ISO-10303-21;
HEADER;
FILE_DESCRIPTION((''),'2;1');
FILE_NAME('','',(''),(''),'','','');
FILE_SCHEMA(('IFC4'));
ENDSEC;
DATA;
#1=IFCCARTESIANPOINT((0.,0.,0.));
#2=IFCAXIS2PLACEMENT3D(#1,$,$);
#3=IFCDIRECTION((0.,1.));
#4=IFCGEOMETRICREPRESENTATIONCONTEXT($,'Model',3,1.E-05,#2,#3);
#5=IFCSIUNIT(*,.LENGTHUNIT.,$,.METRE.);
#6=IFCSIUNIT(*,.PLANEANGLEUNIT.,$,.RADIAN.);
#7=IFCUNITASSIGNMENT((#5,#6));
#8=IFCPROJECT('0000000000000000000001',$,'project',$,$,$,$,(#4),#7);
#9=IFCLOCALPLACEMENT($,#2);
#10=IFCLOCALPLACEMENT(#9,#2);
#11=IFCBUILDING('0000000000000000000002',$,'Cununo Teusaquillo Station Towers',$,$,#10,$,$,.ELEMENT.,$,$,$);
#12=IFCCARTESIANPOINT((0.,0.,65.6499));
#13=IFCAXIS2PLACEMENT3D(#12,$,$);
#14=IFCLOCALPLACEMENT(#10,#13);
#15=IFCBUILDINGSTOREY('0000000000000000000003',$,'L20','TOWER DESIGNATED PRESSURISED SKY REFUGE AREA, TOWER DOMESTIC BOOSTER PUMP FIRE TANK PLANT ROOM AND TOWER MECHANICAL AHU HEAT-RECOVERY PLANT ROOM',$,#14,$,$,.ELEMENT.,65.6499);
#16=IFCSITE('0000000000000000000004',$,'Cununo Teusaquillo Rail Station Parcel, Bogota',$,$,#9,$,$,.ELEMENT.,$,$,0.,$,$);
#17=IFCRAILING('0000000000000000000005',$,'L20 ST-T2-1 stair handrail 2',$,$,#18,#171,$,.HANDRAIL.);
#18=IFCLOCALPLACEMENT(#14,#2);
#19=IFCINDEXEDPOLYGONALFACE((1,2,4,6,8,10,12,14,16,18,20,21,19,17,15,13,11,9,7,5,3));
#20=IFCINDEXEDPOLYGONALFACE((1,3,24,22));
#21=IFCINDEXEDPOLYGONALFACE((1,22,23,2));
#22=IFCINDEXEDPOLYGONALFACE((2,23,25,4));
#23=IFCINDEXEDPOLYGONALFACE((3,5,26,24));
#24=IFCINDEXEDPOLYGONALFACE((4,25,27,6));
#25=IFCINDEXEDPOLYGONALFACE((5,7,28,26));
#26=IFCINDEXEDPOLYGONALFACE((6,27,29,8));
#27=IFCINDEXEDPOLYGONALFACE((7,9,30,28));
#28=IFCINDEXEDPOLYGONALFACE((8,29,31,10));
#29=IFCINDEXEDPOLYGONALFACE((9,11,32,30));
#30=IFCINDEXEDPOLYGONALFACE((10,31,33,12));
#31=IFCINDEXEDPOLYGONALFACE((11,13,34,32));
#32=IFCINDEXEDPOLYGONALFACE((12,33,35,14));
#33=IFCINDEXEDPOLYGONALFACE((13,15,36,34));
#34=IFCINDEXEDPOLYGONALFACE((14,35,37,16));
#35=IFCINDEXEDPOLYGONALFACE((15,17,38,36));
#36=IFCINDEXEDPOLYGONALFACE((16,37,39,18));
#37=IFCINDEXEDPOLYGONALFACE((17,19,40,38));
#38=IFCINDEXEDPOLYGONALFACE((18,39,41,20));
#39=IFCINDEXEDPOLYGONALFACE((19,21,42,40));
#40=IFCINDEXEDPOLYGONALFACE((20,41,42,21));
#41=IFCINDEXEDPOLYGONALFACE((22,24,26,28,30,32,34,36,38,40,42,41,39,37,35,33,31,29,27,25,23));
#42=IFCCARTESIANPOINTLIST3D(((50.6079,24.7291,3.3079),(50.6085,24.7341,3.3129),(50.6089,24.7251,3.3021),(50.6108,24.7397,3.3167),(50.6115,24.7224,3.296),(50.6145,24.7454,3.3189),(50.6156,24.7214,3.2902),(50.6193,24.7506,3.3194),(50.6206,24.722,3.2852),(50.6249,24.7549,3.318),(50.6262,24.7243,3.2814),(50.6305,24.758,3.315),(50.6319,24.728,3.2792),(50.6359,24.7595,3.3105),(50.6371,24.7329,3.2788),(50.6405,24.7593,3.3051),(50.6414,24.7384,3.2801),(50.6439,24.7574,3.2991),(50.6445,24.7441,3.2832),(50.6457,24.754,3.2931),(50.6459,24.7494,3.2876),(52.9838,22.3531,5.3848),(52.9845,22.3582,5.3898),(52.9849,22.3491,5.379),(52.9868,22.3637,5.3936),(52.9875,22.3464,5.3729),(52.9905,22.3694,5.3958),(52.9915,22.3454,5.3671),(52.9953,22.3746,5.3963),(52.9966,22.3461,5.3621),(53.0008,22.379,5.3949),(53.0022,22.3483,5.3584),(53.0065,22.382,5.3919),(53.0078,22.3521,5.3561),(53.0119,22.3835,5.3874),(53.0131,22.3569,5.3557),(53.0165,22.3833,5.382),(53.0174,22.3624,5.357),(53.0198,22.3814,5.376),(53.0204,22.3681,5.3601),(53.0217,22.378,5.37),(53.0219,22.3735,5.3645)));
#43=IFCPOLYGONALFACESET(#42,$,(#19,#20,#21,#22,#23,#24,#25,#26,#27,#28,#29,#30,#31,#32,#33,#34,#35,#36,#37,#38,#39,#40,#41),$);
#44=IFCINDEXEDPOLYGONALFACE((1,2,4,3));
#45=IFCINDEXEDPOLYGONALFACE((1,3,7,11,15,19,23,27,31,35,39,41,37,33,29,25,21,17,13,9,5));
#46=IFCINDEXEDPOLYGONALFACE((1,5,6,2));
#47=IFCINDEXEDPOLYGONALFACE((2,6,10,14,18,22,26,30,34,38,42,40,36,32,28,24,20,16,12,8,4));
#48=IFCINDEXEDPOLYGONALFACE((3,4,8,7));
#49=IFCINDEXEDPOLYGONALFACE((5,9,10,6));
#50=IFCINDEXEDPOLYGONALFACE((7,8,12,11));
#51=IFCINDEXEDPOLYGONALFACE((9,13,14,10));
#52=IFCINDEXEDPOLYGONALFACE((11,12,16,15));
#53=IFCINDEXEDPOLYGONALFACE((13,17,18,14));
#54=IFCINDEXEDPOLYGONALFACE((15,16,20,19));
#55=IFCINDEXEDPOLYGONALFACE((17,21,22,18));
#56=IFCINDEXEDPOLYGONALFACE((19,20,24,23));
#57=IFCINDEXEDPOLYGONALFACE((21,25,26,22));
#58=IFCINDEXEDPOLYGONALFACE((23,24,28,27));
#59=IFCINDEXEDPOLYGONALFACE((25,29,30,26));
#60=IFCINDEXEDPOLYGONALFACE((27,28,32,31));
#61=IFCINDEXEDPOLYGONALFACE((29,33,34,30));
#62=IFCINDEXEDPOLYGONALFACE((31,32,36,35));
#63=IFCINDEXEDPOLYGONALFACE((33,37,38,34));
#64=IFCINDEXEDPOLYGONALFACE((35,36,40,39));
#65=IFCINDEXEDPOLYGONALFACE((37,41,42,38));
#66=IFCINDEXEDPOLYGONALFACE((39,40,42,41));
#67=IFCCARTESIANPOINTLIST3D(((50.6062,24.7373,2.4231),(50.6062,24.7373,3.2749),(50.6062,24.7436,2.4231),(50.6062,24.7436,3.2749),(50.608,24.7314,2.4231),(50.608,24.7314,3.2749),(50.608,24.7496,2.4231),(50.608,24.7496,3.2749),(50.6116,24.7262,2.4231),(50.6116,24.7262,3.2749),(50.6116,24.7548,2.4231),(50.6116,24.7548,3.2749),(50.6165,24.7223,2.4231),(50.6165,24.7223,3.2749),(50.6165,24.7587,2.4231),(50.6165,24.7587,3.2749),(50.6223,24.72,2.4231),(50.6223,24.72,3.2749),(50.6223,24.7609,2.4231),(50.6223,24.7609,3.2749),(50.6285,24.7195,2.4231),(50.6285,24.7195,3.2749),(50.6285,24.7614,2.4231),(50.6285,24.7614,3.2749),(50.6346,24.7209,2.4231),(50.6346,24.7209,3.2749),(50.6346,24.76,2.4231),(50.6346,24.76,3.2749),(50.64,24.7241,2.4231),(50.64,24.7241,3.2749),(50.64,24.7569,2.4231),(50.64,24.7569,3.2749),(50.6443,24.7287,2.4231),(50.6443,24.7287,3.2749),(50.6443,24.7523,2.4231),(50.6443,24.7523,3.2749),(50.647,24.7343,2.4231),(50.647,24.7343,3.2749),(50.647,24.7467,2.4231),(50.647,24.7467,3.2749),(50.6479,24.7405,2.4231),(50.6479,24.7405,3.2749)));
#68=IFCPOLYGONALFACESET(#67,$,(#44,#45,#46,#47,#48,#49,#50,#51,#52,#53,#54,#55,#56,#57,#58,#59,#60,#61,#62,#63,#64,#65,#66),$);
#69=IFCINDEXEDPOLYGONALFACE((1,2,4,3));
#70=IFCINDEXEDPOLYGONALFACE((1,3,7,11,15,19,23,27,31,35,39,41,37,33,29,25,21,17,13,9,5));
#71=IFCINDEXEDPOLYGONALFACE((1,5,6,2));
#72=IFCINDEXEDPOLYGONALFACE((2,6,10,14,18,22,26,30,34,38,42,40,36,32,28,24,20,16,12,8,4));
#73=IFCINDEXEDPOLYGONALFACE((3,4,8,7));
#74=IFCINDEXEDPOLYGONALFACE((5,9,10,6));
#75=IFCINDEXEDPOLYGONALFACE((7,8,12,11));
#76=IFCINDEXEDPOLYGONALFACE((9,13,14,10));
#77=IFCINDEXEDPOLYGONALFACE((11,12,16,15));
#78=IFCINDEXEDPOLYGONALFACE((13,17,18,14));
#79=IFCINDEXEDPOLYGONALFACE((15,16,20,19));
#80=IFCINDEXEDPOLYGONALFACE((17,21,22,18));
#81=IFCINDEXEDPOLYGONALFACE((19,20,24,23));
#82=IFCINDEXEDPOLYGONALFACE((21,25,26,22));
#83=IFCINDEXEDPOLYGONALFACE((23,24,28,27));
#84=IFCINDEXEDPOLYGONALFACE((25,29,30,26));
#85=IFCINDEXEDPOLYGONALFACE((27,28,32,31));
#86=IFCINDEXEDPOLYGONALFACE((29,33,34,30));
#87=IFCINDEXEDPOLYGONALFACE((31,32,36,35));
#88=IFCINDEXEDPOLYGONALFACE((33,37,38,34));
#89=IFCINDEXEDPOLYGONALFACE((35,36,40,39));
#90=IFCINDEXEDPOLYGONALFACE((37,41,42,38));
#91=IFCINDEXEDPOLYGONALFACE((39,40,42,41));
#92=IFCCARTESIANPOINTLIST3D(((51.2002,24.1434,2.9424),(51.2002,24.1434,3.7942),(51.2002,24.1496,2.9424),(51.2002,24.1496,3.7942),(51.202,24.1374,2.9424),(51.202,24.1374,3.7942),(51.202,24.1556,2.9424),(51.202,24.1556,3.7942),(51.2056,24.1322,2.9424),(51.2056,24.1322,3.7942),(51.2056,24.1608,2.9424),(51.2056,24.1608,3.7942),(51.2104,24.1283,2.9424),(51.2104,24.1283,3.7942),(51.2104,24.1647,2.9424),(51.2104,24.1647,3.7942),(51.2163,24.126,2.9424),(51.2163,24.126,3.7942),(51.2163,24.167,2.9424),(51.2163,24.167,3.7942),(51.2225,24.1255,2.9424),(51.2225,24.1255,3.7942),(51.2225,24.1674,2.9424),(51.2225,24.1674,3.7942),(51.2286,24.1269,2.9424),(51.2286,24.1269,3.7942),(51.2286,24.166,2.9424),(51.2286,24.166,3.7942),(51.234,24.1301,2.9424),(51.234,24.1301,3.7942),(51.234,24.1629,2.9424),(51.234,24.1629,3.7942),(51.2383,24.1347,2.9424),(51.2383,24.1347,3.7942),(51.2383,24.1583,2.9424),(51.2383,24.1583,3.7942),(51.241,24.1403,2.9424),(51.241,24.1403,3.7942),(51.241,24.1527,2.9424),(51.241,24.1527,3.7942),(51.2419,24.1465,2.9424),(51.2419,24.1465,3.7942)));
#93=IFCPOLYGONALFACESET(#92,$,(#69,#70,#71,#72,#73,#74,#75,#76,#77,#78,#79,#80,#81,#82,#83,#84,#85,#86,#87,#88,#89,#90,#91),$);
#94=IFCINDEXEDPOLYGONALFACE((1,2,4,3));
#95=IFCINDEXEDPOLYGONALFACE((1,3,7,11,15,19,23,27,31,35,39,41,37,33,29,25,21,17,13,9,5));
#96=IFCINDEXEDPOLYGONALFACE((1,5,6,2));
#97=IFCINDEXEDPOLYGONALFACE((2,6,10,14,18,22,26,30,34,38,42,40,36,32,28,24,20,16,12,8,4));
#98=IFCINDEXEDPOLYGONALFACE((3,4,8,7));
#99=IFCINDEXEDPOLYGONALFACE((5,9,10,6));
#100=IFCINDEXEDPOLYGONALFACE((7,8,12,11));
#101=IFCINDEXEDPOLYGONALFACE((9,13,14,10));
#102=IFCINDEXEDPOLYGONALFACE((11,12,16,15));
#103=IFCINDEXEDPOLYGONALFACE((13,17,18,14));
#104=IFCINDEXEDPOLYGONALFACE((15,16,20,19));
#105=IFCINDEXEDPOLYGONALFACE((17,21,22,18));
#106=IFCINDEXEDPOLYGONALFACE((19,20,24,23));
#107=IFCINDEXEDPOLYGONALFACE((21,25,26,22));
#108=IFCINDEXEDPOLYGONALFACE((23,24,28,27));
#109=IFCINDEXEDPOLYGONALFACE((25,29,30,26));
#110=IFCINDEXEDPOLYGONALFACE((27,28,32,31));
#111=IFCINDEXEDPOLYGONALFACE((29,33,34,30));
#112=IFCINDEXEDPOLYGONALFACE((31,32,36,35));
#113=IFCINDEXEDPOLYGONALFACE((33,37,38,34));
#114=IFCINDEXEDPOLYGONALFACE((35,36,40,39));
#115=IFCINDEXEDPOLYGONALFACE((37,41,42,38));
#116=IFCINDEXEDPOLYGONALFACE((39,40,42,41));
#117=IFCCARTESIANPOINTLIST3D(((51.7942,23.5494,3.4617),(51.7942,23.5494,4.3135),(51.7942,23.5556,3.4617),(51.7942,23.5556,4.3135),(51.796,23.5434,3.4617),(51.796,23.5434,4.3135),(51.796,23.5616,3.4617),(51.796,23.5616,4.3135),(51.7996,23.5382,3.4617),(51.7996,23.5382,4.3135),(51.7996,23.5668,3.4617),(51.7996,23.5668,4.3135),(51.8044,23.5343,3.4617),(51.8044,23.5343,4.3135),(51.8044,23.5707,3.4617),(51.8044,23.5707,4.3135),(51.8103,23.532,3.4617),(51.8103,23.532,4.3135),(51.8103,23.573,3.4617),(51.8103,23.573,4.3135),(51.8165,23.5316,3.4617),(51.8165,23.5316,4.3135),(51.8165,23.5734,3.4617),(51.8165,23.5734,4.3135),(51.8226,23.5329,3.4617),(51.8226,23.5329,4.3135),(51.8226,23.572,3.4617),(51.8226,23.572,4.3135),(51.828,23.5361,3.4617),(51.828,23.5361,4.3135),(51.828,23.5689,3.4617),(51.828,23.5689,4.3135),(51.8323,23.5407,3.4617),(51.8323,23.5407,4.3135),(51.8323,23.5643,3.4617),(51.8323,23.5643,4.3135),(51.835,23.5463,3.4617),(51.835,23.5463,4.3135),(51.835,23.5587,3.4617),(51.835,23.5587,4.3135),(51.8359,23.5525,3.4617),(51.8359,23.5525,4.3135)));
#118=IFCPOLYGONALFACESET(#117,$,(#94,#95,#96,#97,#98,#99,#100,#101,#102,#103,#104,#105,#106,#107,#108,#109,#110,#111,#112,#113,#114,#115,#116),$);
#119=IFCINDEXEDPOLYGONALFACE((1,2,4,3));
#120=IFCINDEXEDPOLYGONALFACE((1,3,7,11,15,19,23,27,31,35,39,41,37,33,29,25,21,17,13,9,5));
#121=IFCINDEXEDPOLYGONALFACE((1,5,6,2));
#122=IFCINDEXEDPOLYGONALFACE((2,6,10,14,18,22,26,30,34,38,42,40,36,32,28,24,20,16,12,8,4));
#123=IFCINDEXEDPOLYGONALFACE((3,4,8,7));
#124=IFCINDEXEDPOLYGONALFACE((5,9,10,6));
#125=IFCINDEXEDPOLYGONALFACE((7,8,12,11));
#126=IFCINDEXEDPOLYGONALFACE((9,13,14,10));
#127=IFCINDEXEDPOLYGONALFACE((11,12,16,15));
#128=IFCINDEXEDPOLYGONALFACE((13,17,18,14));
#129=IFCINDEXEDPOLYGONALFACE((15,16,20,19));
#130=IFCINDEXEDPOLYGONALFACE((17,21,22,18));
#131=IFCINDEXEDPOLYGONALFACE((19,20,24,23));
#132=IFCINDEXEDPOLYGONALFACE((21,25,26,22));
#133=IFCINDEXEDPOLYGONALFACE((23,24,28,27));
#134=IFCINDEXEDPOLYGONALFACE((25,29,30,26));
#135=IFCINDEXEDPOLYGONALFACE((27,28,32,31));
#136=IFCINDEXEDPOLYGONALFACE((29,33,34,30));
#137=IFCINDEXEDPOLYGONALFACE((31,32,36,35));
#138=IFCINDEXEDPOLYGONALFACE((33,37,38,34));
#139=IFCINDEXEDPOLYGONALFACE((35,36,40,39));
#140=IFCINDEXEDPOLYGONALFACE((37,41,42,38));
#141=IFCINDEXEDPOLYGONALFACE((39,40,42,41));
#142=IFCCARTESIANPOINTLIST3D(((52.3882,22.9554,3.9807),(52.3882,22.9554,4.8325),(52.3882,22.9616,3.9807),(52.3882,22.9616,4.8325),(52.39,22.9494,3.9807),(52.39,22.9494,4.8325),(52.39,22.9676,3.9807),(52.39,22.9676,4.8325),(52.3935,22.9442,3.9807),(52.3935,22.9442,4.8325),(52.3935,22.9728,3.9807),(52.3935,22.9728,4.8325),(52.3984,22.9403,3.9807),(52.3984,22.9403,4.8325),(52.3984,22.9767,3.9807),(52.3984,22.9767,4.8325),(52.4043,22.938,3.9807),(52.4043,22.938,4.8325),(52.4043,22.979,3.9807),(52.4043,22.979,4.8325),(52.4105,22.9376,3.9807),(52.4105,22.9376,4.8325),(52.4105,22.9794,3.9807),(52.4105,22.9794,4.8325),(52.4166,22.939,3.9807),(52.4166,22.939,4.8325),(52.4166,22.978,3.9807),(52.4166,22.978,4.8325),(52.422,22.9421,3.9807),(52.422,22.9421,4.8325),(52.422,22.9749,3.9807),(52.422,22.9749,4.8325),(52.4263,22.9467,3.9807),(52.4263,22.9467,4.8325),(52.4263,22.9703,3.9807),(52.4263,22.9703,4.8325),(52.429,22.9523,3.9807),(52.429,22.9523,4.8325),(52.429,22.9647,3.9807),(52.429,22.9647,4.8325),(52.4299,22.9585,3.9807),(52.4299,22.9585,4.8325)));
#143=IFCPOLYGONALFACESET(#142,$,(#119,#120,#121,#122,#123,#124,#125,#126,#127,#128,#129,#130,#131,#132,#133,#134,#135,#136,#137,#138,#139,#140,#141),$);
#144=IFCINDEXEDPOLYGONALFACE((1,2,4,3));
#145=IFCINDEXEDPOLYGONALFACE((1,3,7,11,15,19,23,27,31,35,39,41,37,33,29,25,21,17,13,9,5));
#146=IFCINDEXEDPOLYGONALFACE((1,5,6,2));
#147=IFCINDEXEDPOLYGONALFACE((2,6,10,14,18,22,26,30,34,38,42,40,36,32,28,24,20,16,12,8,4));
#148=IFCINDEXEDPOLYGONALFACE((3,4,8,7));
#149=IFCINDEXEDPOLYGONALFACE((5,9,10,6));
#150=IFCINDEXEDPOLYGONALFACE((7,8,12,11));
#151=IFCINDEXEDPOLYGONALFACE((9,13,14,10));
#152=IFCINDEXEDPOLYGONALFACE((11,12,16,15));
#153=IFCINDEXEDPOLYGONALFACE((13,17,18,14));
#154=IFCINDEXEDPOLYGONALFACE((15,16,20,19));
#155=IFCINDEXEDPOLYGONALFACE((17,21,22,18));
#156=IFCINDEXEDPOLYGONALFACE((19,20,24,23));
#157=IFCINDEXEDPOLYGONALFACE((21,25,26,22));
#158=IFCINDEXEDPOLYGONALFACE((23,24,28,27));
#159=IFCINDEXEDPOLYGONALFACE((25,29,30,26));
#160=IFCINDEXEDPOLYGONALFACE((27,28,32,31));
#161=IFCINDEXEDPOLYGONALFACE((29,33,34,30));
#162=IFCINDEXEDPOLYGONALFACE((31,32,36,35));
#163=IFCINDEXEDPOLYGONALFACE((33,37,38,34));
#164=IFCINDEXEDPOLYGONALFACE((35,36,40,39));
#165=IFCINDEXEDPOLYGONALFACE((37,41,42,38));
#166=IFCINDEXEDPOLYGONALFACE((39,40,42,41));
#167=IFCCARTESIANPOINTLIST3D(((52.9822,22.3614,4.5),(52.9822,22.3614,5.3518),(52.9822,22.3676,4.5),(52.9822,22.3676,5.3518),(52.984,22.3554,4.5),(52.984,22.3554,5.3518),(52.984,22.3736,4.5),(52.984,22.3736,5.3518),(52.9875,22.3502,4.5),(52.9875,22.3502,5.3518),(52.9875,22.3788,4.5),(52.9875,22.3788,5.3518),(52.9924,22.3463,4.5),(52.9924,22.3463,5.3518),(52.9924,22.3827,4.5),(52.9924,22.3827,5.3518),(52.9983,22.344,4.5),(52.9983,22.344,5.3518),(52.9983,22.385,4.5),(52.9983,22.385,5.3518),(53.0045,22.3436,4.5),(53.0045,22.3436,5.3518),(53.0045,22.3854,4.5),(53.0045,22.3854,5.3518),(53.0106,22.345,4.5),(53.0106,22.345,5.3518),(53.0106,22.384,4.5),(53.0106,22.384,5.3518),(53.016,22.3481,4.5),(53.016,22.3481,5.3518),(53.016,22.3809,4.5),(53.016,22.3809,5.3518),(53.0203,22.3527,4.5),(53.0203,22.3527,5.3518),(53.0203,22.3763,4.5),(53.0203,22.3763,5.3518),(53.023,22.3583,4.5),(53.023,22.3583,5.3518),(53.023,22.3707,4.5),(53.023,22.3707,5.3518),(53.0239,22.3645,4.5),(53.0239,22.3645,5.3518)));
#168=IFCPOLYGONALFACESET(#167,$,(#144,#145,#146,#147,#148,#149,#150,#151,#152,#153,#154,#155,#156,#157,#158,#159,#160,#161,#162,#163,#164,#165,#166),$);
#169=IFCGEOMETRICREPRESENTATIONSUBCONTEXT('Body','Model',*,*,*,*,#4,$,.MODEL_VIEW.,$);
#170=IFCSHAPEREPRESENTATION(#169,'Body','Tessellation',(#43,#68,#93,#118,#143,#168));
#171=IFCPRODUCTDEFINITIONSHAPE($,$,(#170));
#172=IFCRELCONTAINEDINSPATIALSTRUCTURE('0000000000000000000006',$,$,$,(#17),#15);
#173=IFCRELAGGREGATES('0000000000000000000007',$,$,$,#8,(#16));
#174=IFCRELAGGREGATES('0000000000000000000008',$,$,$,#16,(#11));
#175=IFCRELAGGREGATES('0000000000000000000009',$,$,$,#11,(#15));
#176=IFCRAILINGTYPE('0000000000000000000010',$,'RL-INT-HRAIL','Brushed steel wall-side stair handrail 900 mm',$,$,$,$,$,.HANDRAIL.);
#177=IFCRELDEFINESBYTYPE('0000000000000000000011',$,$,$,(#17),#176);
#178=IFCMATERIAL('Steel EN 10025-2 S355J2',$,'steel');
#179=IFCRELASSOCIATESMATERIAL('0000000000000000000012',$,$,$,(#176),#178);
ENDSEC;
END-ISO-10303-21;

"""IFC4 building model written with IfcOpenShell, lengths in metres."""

from ifc_helpers import new_model, si_unit, direction, frame, origin, origin_2d, place, context, subcontext, project, spatial, circle, extrude, material, type_object, element, save


model = new_model("IFC4")

# Units and contexts
model_context = context("Model", 3, precision=1e-05, world=origin(), true_north=direction((0.0, 1.0)))
body_context = subcontext(model_context, "Body", "Model", "MODEL_VIEW")
ifc_project = project(units=[si_unit("LENGTHUNIT", "METRE"), si_unit("PLANEANGLEUNIT", "RADIAN")], contexts=[model_context])

# Site, building, storey
site_placement = place(None, origin())
site = spatial("IfcSite", under=ifc_project, at=site_placement, Name="Cununo Teusaquillo Rail Station Parcel, Bogota", CompositionType="ELEMENT", RefElevation=0.0)
building_placement = place(site_placement, origin())
building = spatial("IfcBuilding", under=site, at=building_placement, Name="Cununo Teusaquillo Station Towers", CompositionType="ELEMENT")
storey_placement = place(building_placement, frame((0.0, 0.0, 65.6499)))
storey = spatial("IfcBuildingStorey", under=building, at=storey_placement, Name="L20", Description="TOWER DESIGNATED PRESSURISED SKY REFUGE AREA, TOWER DOMESTIC BOOSTER PUMP FIRE TANK PLANT ROOM AND TOWER MECHANICAL AHU HEAT-RECOVERY PLANT ROOM", CompositionType="ELEMENT", Elevation=65.6499)

# Railing
ifc_material_1 = material(Name="Steel EN 10025-2 S355J2", Category="steel")
railing_type_1 = type_object("IfcRailingType", Name="RL-INT-HRAIL", Description="Brushed steel wall-side stair handrail 900 mm", PredefinedType="HANDRAIL", material=ifc_material_1)
railing_1_placement = place(storey_placement, frame((50.627, 24.7405, 2.4231)))
element("IfcRailing", 1, at=railing_1_placement, inside=storey, type_object=railing_type_1, Name="L20 ST-T2-1 stair handrail 2", PredefinedType="HANDRAIL", context=body_context, shape_type="SweptSolid", body=[
    extrude(circle(Radius=0.0239, at=origin_2d()), frame((0.0, 0.0, 0.876), z_axis=(0.601483, -0.601483, 0.525772), x_axis=(0.707107, 0.707107, 0.0)), (0.0, 0.0, 1.0), 3.9502),
    extrude(circle(Radius=0.021, at=origin_2d()), origin(), (0.0, 0.0, 1.0), 0.8518),
    extrude(circle(Radius=0.021, at=origin_2d()), frame((0.594, -0.594, 0.5193)), (0.0, 0.0, 1.0), 0.8518),
    extrude(circle(Radius=0.021, at=origin_2d()), frame((1.188, -1.188, 1.0386)), (0.0, 0.0, 1.0), 0.8518),
    extrude(circle(Radius=0.021, at=origin_2d()), frame((1.782, -1.782, 1.5576)), (0.0, 0.0, 1.0), 0.8518),
    extrude(circle(Radius=0.021, at=origin_2d()), frame((2.376, -2.376, 2.0769)), (0.0, 0.0, 1.0), 0.8518),
])

save(model, "model.ifc")
